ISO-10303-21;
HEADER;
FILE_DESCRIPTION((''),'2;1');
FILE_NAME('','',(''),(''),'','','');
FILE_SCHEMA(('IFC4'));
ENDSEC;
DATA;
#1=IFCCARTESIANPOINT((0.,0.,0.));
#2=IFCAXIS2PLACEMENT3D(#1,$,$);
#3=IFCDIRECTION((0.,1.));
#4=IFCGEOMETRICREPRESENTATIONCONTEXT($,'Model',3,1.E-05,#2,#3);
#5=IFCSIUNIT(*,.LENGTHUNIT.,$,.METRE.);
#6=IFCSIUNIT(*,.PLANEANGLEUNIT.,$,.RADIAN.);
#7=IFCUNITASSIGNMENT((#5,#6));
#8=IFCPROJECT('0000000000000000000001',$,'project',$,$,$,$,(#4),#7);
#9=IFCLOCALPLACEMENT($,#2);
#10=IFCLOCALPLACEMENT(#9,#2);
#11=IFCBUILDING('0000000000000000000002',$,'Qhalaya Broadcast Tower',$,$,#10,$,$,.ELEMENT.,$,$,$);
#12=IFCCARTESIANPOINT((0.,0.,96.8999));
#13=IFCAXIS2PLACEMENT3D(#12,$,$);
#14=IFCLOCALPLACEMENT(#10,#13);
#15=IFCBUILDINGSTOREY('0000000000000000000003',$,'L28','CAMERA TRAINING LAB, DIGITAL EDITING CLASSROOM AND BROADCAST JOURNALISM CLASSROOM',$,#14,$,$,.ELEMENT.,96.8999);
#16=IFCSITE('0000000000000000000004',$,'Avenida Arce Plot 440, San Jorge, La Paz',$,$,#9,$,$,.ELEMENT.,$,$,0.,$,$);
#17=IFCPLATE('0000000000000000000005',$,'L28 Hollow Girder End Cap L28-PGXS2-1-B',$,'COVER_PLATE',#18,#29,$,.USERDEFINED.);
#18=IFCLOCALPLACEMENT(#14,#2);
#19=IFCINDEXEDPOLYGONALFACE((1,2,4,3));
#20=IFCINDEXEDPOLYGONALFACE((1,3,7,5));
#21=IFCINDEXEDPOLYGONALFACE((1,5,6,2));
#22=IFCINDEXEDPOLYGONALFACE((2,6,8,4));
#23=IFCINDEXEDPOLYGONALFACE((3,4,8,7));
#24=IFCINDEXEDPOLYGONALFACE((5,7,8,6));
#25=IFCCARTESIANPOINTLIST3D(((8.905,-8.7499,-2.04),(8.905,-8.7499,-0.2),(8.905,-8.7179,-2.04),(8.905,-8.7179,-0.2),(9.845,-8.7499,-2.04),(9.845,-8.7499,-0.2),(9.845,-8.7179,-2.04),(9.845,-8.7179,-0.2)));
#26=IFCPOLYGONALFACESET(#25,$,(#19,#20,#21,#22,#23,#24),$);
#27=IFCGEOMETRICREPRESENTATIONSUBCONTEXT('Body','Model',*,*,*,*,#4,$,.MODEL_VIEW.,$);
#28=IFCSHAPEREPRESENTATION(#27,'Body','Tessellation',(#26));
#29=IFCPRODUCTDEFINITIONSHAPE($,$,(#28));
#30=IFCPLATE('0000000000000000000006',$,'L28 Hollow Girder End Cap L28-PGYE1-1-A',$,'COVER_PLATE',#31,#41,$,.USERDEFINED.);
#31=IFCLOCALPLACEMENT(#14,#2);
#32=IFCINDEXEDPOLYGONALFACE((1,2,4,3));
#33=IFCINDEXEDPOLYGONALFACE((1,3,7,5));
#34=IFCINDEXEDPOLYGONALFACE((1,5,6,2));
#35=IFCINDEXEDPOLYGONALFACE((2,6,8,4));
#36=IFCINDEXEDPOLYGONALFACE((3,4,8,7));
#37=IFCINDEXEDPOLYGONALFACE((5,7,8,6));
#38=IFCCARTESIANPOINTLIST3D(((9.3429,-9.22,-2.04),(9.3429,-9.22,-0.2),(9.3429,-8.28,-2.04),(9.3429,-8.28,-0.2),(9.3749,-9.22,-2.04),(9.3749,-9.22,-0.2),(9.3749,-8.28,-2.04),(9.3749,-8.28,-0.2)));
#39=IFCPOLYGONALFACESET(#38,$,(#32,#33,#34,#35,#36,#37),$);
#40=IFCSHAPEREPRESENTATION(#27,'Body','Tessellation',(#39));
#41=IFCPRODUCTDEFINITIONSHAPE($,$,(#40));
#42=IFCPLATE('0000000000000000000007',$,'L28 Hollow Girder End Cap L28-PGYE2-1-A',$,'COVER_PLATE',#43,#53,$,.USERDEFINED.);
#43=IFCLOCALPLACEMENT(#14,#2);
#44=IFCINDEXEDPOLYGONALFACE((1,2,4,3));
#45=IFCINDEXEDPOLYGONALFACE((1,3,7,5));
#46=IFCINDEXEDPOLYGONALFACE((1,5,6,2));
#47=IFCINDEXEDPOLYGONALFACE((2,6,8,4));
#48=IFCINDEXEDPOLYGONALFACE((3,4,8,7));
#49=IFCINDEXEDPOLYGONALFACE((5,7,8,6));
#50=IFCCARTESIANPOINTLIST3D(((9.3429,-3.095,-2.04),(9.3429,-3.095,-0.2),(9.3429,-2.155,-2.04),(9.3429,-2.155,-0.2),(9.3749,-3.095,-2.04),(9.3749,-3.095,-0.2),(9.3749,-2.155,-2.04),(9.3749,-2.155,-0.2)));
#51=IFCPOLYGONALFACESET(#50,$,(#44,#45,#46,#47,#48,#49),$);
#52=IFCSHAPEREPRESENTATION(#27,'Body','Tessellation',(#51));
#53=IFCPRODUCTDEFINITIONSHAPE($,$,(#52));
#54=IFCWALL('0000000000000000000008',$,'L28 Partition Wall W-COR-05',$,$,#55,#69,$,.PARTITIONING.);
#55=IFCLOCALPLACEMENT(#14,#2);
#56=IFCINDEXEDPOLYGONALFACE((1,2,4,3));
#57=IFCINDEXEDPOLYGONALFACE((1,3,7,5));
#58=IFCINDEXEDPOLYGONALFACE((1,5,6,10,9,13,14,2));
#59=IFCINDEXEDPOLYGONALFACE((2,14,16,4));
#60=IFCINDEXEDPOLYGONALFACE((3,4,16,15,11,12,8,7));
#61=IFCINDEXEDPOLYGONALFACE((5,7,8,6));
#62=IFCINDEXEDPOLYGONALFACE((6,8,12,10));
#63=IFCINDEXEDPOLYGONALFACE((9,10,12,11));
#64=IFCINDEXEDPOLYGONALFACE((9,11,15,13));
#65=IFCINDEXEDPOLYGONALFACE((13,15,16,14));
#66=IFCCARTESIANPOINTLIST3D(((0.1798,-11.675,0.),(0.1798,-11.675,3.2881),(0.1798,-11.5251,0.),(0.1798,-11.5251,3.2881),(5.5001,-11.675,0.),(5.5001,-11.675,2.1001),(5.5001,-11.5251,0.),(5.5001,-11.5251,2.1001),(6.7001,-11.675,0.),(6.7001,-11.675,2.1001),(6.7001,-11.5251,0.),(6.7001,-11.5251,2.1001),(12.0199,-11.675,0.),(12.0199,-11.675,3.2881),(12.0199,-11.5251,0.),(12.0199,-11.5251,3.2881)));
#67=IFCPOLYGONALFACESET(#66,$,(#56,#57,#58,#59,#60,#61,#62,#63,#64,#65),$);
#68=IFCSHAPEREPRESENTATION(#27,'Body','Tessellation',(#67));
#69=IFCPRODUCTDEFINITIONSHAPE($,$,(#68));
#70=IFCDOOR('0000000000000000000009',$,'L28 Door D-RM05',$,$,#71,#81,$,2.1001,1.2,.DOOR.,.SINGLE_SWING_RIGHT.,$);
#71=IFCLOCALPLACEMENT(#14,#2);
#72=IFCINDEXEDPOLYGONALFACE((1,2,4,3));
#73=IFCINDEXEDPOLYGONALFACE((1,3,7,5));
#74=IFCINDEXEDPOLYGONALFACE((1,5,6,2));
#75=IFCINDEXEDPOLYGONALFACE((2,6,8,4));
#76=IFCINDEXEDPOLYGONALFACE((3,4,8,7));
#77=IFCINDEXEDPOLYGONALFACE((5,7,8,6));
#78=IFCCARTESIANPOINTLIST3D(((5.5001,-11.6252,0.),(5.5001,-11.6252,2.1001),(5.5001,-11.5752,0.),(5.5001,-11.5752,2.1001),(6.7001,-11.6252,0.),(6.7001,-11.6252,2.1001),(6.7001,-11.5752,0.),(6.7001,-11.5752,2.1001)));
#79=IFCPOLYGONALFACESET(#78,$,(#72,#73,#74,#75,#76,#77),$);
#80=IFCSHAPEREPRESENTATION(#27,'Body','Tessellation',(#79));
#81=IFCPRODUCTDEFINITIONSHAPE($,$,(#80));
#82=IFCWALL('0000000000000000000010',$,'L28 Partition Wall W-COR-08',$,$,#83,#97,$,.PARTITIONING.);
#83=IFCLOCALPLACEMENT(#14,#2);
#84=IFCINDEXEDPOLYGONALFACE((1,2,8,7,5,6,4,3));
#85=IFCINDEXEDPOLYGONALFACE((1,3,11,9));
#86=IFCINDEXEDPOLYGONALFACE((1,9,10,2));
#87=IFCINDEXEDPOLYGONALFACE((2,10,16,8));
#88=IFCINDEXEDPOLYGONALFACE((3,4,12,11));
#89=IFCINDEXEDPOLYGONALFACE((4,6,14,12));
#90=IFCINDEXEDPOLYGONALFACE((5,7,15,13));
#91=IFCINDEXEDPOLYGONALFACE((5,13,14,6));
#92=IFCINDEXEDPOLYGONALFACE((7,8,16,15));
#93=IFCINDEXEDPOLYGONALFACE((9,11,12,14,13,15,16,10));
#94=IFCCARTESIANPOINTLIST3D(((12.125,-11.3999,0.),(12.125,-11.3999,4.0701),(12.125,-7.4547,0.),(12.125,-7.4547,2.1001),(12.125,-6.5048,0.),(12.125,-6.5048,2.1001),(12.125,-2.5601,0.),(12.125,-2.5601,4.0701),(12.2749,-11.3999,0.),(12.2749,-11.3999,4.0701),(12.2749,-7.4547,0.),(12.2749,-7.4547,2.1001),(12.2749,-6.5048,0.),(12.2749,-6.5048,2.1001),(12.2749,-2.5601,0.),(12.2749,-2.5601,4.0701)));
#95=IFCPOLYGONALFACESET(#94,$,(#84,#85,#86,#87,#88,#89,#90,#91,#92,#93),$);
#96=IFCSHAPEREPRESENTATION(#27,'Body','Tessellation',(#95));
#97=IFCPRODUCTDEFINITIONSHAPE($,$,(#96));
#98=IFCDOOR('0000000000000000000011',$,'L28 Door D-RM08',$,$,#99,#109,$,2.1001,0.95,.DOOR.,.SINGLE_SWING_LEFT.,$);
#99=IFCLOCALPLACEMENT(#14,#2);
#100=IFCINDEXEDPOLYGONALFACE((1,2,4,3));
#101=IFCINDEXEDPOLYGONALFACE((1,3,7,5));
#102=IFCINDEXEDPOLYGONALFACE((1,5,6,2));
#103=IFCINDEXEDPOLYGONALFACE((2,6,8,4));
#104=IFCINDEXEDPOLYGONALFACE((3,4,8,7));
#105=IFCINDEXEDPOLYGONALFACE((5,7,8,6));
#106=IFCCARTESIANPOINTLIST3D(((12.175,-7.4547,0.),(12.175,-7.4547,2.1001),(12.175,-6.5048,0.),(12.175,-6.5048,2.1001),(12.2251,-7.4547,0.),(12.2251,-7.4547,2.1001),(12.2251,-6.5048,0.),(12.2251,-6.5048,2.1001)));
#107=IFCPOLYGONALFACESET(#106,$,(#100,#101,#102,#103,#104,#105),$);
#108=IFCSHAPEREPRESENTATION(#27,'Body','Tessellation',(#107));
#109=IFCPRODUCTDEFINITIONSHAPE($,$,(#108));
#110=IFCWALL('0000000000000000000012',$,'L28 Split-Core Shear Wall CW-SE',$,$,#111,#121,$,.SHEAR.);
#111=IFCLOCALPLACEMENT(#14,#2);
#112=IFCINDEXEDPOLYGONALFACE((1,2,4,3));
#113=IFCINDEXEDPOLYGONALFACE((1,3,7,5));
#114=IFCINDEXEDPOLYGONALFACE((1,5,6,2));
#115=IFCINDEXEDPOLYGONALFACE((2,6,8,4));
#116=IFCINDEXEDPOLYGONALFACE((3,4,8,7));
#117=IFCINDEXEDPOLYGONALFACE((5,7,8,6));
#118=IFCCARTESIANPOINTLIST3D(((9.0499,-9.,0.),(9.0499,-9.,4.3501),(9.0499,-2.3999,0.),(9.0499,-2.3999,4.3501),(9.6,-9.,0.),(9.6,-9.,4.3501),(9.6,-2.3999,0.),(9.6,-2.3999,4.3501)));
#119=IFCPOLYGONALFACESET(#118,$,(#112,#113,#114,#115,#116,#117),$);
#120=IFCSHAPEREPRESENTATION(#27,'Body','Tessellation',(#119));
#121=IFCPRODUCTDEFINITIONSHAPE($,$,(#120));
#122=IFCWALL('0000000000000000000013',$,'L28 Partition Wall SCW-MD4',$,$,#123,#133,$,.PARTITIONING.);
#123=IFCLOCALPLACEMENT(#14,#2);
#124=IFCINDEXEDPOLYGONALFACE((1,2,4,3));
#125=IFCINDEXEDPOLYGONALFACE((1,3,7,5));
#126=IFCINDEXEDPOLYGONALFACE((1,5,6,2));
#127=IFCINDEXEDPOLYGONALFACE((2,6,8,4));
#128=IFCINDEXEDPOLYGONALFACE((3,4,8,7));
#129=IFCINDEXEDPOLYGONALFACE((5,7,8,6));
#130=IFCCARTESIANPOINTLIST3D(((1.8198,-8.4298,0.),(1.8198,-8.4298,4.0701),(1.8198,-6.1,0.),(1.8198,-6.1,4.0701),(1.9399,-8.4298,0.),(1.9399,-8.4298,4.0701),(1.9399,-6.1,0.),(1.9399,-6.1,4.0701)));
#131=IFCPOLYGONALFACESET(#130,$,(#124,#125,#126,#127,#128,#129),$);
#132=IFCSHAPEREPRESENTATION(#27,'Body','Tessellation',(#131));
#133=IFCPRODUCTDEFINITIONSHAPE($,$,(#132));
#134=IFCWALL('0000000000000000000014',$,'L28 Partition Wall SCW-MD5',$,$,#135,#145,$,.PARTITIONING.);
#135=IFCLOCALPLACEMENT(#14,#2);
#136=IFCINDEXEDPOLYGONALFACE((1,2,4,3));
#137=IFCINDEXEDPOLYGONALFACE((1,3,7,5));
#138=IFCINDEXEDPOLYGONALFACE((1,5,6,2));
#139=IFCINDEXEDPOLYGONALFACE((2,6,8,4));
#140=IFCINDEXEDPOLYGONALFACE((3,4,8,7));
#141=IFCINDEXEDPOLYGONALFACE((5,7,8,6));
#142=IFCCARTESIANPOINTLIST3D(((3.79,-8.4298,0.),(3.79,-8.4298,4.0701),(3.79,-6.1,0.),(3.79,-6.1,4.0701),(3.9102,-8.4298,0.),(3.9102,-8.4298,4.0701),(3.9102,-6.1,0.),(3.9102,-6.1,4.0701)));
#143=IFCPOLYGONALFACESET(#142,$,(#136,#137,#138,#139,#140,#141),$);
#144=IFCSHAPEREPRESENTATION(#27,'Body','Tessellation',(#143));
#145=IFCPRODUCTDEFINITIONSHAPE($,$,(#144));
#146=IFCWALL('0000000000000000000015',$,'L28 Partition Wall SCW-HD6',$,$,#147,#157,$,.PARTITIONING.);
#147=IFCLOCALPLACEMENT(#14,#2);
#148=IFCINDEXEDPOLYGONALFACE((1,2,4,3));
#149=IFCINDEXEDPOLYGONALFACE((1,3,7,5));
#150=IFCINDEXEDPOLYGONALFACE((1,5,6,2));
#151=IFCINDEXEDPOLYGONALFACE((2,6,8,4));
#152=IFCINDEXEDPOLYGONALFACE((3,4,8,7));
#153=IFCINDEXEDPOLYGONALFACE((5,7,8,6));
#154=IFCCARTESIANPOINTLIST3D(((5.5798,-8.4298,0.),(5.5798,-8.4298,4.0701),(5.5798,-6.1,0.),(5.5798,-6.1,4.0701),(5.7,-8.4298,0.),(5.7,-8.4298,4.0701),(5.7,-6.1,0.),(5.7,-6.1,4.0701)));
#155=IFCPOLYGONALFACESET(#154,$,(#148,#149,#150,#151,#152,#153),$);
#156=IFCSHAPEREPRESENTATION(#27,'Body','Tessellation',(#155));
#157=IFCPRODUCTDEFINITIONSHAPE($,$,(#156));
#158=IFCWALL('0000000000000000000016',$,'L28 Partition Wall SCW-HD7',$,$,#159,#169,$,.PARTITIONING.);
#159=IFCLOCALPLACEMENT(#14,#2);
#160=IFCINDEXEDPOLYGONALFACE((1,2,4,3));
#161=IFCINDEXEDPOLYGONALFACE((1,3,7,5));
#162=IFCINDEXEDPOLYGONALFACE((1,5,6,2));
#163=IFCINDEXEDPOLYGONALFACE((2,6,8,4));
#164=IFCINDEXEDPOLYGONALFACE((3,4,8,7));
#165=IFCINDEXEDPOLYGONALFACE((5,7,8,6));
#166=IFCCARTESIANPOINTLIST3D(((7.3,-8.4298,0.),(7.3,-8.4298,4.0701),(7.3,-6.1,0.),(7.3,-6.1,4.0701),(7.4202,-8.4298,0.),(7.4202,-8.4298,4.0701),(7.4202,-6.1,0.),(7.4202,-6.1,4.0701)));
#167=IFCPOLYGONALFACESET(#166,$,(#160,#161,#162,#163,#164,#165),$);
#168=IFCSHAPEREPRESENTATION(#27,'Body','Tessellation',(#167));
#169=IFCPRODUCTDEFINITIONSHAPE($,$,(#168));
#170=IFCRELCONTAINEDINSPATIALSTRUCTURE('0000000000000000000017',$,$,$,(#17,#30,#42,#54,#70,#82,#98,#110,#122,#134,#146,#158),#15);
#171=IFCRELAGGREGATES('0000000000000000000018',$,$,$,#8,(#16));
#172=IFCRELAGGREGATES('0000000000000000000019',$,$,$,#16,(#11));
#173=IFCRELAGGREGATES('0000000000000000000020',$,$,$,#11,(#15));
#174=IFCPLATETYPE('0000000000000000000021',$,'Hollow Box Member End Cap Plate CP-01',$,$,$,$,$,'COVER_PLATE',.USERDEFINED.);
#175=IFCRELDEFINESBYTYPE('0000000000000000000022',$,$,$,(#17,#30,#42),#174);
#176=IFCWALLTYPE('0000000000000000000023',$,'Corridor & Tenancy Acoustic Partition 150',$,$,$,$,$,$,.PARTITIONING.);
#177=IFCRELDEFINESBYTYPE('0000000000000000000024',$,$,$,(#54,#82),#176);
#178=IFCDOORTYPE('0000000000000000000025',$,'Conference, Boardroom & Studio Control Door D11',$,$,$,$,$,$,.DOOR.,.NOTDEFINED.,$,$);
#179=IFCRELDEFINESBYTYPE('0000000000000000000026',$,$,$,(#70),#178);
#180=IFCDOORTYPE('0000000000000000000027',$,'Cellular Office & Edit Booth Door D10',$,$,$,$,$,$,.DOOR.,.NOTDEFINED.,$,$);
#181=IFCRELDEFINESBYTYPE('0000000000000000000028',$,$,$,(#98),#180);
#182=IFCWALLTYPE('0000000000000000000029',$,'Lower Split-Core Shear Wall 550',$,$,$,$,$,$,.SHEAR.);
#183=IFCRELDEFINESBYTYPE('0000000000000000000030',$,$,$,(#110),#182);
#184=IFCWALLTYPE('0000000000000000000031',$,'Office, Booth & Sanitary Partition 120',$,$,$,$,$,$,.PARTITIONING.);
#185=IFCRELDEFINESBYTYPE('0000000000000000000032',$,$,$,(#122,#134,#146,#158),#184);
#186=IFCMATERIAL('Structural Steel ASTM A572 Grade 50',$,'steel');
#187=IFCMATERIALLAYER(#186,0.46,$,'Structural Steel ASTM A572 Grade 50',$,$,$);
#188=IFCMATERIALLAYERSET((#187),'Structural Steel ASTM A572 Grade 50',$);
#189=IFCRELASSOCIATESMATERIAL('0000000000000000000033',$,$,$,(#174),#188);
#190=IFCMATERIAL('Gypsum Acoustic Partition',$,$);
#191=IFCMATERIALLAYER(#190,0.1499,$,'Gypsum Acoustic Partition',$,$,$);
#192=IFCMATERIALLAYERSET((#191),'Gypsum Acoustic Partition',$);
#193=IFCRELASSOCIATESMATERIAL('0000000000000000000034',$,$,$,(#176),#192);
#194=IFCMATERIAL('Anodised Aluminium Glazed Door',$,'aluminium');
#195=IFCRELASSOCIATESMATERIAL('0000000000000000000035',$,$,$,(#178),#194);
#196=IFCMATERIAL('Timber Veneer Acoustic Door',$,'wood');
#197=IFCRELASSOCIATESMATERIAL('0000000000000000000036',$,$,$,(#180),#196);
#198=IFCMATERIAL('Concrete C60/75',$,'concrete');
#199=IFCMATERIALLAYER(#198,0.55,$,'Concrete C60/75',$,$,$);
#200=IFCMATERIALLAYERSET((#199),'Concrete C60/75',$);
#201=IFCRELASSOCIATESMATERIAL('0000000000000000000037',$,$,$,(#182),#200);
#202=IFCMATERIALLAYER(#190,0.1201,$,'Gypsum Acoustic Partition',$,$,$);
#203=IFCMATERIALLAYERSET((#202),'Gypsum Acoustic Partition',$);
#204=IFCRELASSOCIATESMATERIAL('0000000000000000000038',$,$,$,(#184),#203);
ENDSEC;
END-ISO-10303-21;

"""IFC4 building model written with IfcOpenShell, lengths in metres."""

from ifc_helpers import new_model, si_unit, direction, frame, frame_2d, origin, origin_2d, place, context, subcontext, project, spatial, rectangle, extrude, material, layer, layer_set, type_object, element, fill, save


model = new_model("IFC4")

# Units and contexts
model_context = context("Model", 3, precision=1e-05, world=origin(), true_north=direction((0.0, 1.0)))
body_context = subcontext(model_context, "Body", "Model", "MODEL_VIEW")
ifc_project = project(units=[si_unit("LENGTHUNIT", "METRE"), si_unit("PLANEANGLEUNIT", "RADIAN")], contexts=[model_context])

# Site, building, storey
site_placement = place(None, origin())
site = spatial("IfcSite", under=ifc_project, at=site_placement, Name="Avenida Arce Plot 440, San Jorge, La Paz", CompositionType="ELEMENT", RefElevation=0.0)
building_placement = place(site_placement, origin())
building = spatial("IfcBuilding", under=site, at=building_placement, Name="Qhalaya Broadcast Tower", CompositionType="ELEMENT")
storey_placement = place(building_placement, frame((0.0, 0.0, 96.8999)))
storey = spatial("IfcBuildingStorey", under=building, at=storey_placement, Name="L28", Description="CAMERA TRAINING LAB, DIGITAL EDITING CLASSROOM AND BROADCAST JOURNALISM CLASSROOM", CompositionType="ELEMENT", Elevation=96.8999)

# Shared definitions
ifc_material_1 = material(Name="Structural Steel ASTM A572 Grade 50", Category="steel")

# Plates
ifc_layer_1 = layer(ifc_material_1, 0.46, Name="Structural Steel ASTM A572 Grade 50")
ifc_layer_set_1 = layer_set([ifc_layer_1], Name="Structural Steel ASTM A572 Grade 50")
plate_type = type_object("IfcPlateType", Name="Hollow Box Member End Cap Plate CP-01", ElementType="COVER_PLATE", PredefinedType="USERDEFINED", material=ifc_layer_set_1)
for number, where, z_axis, x_axis, name in (
    (1, (9.375, -8.7339, -2.04), (0.0, 0.0, 1.0), (-1.0, 0.0, 0.0), "L28 Hollow Girder End Cap L28-PGXS2-1-B"),
    (2, (9.3589, -8.75, -2.04), (0.0, 0.0, 1.0), (0.0, 1.0, 0.0), "L28 Hollow Girder End Cap L28-PGYE1-1-A"),
    (3, (9.3589, -2.625, -2.04), (0.0, 0.0, 1.0), (0.0, 1.0, 0.0), "L28 Hollow Girder End Cap L28-PGYE2-1-A"),
):
    element("IfcPlate", number, at=place(storey_placement, frame(where, z_axis=z_axis, x_axis=x_axis)), inside=storey, type_object=plate_type, Name=name, ObjectType="COVER_PLATE", PredefinedType="USERDEFINED", context=body_context, shape_type="SweptSolid", body=[
        extrude(rectangle(XDim=0.9399, YDim=0.032, at=origin_2d()), origin(), (0.0, 0.0, 1.0), 1.8401),
    ])

# Walls, openings, doors
ifc_material_2 = material(Name="Gypsum Acoustic Partition")
ifc_layer_2 = layer(ifc_material_2, 0.1499, Name="Gypsum Acoustic Partition")
ifc_layer_set_2 = layer_set([ifc_layer_2], Name="Gypsum Acoustic Partition")
wall_type_1 = type_object("IfcWallType", Name="Corridor & Tenancy Acoustic Partition 150", PredefinedType="PARTITIONING", material=ifc_layer_set_2)
wall_1_placement = place(storey_placement, frame((0.1799, -11.6001, 0.0), z_axis=(0.0, 0.0, 1.0), x_axis=(1.0, 0.0, 0.0)))
wall_1 = element("IfcWall", 4, at=wall_1_placement, inside=storey, type_object=wall_type_1, Name="L28 Partition Wall W-COR-05", PredefinedType="PARTITIONING", context=body_context, shape_type="SweptSolid", body=[
    extrude(rectangle(XDim=11.8401, YDim=0.1499, at=frame_2d((5.9199, 0.0))), origin(), (0.0, 0.0, 1.0), 3.2881),
])
opening_1_placement = place(wall_1_placement, frame((5.3201, 0.0, 0.0)))
opening_1 = element("IfcOpeningElement", 5, at=opening_1_placement, cuts=wall_1, PredefinedType="OPENING", context=body_context, shape_type="SweptSolid", body=[
    extrude(rectangle(XDim=1.2, YDim=2.1001, at=frame_2d((0.6001, 1.05))), frame((0.0, 0.0869, 0.0), z_axis=(0.0, -1.0, 0.0), x_axis=(1.0, 0.0, 0.0)), (0.0, 0.0, 1.0), 0.1738),
])
ifc_material_3 = material(Name="Anodised Aluminium Glazed Door", Category="aluminium")
door_type_1 = type_object("IfcDoorType", Name="Conference, Boardroom & Studio Control Door D11", OperationType="NOTDEFINED", PredefinedType="DOOR", material=ifc_material_3)
door_1_placement = place(opening_1_placement, origin())
door_1 = element("IfcDoor", 6, at=door_1_placement, inside=storey, type_object=door_type_1, Name="L28 Door D-RM05", OperationType="SINGLE_SWING_RIGHT", OverallHeight=2.1001, OverallWidth=1.2, PredefinedType="DOOR", context=body_context, shape_type="SweptSolid", body=[
    extrude(rectangle(XDim=1.2, YDim=2.1001, at=frame_2d((0.6001, 1.05))), frame((0.0, 0.0249, 0.0), z_axis=(0.0, -1.0, 0.0), x_axis=(1.0, 0.0, 0.0)), (0.0, 0.0, 1.0), 0.05),
])
fill(opening_1, door_1)
wall_2_placement = place(storey_placement, frame((12.2, -11.3999, 0.0), z_axis=(0.0, 0.0, 1.0), x_axis=(0.0, 1.0, 0.0)))
wall_2 = element("IfcWall", 7, at=wall_2_placement, inside=storey, type_object=wall_type_1, Name="L28 Partition Wall W-COR-08", PredefinedType="PARTITIONING", context=body_context, shape_type="SweptSolid", body=[
    extrude(rectangle(XDim=8.8398, YDim=0.1499, at=frame_2d((4.4199, 0.0))), origin(), (0.0, 0.0, 1.0), 4.0701),
])
opening_2_placement = place(wall_2_placement, frame((3.9451, 0.0, 0.0)))
opening_2 = element("IfcOpeningElement", 8, at=opening_2_placement, cuts=wall_2, PredefinedType="OPENING", context=body_context, shape_type="SweptSolid", body=[
    extrude(rectangle(XDim=0.95, YDim=2.1001, at=frame_2d((0.4751, 1.05))), frame((0.0, 0.0869, 0.0), z_axis=(0.0, -1.0, 0.0), x_axis=(1.0, 0.0, 0.0)), (0.0, 0.0, 1.0), 0.1738),
])
ifc_material_4 = material(Name="Timber Veneer Acoustic Door", Category="wood")
door_type_2 = type_object("IfcDoorType", Name="Cellular Office & Edit Booth Door D10", OperationType="NOTDEFINED", PredefinedType="DOOR", material=ifc_material_4)
door_2_placement = place(opening_2_placement, origin())
door_2 = element("IfcDoor", 9, at=door_2_placement, inside=storey, type_object=door_type_2, Name="L28 Door D-RM08", OperationType="SINGLE_SWING_LEFT", OverallHeight=2.1001, OverallWidth=0.95, PredefinedType="DOOR", context=body_context, shape_type="SweptSolid", body=[
    extrude(rectangle(XDim=0.95, YDim=2.1001, at=frame_2d((0.4751, 1.05))), frame((0.0, 0.0249, 0.0), z_axis=(0.0, -1.0, 0.0), x_axis=(1.0, 0.0, 0.0)), (0.0, 0.0, 1.0), 0.05),
])
fill(opening_2, door_2)

# Walls
ifc_material_5 = material(Name="Concrete C60/75", Category="concrete")
ifc_layer_3 = layer(ifc_material_5, 0.55, Name="Concrete C60/75")
ifc_layer_set_3 = layer_set([ifc_layer_3], Name="Concrete C60/75")
wall_type_2 = type_object("IfcWallType", Name="Lower Split-Core Shear Wall 550", PredefinedType="SHEAR", material=ifc_layer_set_3)
wall_3_placement = place(storey_placement, frame((9.325, -9.0, 0.0), z_axis=(0.0, 0.0, 1.0), x_axis=(0.0, 1.0, 0.0)))
element("IfcWall", 10, at=wall_3_placement, inside=storey, type_object=wall_type_2, Name="L28 Split-Core Shear Wall CW-SE", PredefinedType="SHEAR", context=body_context, shape_type="SweptSolid", body=[
    extrude(rectangle(XDim=6.6001, YDim=0.55, at=frame_2d((3.3, 0.0))), origin(), (0.0, 0.0, 1.0), 4.3501),
])
ifc_layer_4 = layer(ifc_material_2, 0.1201, Name="Gypsum Acoustic Partition")
ifc_layer_set_4 = layer_set([ifc_layer_4], Name="Gypsum Acoustic Partition")
wall_type_3 = type_object("IfcWallType", Name="Office, Booth & Sanitary Partition 120", PredefinedType="PARTITIONING", material=ifc_layer_set_4)
for number, where, z_axis, x_axis, name in (
    (11, (1.8799, -8.4299, 0.0), (0.0, 0.0, 1.0), (0.0, 1.0, 0.0), "L28 Partition Wall SCW-MD4"),
    (12, (3.8501, -8.4299, 0.0), (0.0, 0.0, 1.0), (0.0, 1.0, 0.0), "L28 Partition Wall SCW-MD5"),
    (13, (5.6399, -8.4299, 0.0), (0.0, 0.0, 1.0), (0.0, 1.0, 0.0), "L28 Partition Wall SCW-HD6"),
    (14, (7.3601, -8.4299, 0.0), (0.0, 0.0, 1.0), (0.0, 1.0, 0.0), "L28 Partition Wall SCW-HD7"),
):
    element("IfcWall", number, at=place(storey_placement, frame(where, z_axis=z_axis, x_axis=x_axis)), inside=storey, type_object=wall_type_3, Name=name, PredefinedType="PARTITIONING", context=body_context, shape_type="SweptSolid", body=[
        extrude(rectangle(XDim=2.3298, YDim=0.1201, at=frame_2d((1.165, 0.0))), origin(), (0.0, 0.0, 1.0), 4.0701),
    ])

save(model, "model.ifc")
